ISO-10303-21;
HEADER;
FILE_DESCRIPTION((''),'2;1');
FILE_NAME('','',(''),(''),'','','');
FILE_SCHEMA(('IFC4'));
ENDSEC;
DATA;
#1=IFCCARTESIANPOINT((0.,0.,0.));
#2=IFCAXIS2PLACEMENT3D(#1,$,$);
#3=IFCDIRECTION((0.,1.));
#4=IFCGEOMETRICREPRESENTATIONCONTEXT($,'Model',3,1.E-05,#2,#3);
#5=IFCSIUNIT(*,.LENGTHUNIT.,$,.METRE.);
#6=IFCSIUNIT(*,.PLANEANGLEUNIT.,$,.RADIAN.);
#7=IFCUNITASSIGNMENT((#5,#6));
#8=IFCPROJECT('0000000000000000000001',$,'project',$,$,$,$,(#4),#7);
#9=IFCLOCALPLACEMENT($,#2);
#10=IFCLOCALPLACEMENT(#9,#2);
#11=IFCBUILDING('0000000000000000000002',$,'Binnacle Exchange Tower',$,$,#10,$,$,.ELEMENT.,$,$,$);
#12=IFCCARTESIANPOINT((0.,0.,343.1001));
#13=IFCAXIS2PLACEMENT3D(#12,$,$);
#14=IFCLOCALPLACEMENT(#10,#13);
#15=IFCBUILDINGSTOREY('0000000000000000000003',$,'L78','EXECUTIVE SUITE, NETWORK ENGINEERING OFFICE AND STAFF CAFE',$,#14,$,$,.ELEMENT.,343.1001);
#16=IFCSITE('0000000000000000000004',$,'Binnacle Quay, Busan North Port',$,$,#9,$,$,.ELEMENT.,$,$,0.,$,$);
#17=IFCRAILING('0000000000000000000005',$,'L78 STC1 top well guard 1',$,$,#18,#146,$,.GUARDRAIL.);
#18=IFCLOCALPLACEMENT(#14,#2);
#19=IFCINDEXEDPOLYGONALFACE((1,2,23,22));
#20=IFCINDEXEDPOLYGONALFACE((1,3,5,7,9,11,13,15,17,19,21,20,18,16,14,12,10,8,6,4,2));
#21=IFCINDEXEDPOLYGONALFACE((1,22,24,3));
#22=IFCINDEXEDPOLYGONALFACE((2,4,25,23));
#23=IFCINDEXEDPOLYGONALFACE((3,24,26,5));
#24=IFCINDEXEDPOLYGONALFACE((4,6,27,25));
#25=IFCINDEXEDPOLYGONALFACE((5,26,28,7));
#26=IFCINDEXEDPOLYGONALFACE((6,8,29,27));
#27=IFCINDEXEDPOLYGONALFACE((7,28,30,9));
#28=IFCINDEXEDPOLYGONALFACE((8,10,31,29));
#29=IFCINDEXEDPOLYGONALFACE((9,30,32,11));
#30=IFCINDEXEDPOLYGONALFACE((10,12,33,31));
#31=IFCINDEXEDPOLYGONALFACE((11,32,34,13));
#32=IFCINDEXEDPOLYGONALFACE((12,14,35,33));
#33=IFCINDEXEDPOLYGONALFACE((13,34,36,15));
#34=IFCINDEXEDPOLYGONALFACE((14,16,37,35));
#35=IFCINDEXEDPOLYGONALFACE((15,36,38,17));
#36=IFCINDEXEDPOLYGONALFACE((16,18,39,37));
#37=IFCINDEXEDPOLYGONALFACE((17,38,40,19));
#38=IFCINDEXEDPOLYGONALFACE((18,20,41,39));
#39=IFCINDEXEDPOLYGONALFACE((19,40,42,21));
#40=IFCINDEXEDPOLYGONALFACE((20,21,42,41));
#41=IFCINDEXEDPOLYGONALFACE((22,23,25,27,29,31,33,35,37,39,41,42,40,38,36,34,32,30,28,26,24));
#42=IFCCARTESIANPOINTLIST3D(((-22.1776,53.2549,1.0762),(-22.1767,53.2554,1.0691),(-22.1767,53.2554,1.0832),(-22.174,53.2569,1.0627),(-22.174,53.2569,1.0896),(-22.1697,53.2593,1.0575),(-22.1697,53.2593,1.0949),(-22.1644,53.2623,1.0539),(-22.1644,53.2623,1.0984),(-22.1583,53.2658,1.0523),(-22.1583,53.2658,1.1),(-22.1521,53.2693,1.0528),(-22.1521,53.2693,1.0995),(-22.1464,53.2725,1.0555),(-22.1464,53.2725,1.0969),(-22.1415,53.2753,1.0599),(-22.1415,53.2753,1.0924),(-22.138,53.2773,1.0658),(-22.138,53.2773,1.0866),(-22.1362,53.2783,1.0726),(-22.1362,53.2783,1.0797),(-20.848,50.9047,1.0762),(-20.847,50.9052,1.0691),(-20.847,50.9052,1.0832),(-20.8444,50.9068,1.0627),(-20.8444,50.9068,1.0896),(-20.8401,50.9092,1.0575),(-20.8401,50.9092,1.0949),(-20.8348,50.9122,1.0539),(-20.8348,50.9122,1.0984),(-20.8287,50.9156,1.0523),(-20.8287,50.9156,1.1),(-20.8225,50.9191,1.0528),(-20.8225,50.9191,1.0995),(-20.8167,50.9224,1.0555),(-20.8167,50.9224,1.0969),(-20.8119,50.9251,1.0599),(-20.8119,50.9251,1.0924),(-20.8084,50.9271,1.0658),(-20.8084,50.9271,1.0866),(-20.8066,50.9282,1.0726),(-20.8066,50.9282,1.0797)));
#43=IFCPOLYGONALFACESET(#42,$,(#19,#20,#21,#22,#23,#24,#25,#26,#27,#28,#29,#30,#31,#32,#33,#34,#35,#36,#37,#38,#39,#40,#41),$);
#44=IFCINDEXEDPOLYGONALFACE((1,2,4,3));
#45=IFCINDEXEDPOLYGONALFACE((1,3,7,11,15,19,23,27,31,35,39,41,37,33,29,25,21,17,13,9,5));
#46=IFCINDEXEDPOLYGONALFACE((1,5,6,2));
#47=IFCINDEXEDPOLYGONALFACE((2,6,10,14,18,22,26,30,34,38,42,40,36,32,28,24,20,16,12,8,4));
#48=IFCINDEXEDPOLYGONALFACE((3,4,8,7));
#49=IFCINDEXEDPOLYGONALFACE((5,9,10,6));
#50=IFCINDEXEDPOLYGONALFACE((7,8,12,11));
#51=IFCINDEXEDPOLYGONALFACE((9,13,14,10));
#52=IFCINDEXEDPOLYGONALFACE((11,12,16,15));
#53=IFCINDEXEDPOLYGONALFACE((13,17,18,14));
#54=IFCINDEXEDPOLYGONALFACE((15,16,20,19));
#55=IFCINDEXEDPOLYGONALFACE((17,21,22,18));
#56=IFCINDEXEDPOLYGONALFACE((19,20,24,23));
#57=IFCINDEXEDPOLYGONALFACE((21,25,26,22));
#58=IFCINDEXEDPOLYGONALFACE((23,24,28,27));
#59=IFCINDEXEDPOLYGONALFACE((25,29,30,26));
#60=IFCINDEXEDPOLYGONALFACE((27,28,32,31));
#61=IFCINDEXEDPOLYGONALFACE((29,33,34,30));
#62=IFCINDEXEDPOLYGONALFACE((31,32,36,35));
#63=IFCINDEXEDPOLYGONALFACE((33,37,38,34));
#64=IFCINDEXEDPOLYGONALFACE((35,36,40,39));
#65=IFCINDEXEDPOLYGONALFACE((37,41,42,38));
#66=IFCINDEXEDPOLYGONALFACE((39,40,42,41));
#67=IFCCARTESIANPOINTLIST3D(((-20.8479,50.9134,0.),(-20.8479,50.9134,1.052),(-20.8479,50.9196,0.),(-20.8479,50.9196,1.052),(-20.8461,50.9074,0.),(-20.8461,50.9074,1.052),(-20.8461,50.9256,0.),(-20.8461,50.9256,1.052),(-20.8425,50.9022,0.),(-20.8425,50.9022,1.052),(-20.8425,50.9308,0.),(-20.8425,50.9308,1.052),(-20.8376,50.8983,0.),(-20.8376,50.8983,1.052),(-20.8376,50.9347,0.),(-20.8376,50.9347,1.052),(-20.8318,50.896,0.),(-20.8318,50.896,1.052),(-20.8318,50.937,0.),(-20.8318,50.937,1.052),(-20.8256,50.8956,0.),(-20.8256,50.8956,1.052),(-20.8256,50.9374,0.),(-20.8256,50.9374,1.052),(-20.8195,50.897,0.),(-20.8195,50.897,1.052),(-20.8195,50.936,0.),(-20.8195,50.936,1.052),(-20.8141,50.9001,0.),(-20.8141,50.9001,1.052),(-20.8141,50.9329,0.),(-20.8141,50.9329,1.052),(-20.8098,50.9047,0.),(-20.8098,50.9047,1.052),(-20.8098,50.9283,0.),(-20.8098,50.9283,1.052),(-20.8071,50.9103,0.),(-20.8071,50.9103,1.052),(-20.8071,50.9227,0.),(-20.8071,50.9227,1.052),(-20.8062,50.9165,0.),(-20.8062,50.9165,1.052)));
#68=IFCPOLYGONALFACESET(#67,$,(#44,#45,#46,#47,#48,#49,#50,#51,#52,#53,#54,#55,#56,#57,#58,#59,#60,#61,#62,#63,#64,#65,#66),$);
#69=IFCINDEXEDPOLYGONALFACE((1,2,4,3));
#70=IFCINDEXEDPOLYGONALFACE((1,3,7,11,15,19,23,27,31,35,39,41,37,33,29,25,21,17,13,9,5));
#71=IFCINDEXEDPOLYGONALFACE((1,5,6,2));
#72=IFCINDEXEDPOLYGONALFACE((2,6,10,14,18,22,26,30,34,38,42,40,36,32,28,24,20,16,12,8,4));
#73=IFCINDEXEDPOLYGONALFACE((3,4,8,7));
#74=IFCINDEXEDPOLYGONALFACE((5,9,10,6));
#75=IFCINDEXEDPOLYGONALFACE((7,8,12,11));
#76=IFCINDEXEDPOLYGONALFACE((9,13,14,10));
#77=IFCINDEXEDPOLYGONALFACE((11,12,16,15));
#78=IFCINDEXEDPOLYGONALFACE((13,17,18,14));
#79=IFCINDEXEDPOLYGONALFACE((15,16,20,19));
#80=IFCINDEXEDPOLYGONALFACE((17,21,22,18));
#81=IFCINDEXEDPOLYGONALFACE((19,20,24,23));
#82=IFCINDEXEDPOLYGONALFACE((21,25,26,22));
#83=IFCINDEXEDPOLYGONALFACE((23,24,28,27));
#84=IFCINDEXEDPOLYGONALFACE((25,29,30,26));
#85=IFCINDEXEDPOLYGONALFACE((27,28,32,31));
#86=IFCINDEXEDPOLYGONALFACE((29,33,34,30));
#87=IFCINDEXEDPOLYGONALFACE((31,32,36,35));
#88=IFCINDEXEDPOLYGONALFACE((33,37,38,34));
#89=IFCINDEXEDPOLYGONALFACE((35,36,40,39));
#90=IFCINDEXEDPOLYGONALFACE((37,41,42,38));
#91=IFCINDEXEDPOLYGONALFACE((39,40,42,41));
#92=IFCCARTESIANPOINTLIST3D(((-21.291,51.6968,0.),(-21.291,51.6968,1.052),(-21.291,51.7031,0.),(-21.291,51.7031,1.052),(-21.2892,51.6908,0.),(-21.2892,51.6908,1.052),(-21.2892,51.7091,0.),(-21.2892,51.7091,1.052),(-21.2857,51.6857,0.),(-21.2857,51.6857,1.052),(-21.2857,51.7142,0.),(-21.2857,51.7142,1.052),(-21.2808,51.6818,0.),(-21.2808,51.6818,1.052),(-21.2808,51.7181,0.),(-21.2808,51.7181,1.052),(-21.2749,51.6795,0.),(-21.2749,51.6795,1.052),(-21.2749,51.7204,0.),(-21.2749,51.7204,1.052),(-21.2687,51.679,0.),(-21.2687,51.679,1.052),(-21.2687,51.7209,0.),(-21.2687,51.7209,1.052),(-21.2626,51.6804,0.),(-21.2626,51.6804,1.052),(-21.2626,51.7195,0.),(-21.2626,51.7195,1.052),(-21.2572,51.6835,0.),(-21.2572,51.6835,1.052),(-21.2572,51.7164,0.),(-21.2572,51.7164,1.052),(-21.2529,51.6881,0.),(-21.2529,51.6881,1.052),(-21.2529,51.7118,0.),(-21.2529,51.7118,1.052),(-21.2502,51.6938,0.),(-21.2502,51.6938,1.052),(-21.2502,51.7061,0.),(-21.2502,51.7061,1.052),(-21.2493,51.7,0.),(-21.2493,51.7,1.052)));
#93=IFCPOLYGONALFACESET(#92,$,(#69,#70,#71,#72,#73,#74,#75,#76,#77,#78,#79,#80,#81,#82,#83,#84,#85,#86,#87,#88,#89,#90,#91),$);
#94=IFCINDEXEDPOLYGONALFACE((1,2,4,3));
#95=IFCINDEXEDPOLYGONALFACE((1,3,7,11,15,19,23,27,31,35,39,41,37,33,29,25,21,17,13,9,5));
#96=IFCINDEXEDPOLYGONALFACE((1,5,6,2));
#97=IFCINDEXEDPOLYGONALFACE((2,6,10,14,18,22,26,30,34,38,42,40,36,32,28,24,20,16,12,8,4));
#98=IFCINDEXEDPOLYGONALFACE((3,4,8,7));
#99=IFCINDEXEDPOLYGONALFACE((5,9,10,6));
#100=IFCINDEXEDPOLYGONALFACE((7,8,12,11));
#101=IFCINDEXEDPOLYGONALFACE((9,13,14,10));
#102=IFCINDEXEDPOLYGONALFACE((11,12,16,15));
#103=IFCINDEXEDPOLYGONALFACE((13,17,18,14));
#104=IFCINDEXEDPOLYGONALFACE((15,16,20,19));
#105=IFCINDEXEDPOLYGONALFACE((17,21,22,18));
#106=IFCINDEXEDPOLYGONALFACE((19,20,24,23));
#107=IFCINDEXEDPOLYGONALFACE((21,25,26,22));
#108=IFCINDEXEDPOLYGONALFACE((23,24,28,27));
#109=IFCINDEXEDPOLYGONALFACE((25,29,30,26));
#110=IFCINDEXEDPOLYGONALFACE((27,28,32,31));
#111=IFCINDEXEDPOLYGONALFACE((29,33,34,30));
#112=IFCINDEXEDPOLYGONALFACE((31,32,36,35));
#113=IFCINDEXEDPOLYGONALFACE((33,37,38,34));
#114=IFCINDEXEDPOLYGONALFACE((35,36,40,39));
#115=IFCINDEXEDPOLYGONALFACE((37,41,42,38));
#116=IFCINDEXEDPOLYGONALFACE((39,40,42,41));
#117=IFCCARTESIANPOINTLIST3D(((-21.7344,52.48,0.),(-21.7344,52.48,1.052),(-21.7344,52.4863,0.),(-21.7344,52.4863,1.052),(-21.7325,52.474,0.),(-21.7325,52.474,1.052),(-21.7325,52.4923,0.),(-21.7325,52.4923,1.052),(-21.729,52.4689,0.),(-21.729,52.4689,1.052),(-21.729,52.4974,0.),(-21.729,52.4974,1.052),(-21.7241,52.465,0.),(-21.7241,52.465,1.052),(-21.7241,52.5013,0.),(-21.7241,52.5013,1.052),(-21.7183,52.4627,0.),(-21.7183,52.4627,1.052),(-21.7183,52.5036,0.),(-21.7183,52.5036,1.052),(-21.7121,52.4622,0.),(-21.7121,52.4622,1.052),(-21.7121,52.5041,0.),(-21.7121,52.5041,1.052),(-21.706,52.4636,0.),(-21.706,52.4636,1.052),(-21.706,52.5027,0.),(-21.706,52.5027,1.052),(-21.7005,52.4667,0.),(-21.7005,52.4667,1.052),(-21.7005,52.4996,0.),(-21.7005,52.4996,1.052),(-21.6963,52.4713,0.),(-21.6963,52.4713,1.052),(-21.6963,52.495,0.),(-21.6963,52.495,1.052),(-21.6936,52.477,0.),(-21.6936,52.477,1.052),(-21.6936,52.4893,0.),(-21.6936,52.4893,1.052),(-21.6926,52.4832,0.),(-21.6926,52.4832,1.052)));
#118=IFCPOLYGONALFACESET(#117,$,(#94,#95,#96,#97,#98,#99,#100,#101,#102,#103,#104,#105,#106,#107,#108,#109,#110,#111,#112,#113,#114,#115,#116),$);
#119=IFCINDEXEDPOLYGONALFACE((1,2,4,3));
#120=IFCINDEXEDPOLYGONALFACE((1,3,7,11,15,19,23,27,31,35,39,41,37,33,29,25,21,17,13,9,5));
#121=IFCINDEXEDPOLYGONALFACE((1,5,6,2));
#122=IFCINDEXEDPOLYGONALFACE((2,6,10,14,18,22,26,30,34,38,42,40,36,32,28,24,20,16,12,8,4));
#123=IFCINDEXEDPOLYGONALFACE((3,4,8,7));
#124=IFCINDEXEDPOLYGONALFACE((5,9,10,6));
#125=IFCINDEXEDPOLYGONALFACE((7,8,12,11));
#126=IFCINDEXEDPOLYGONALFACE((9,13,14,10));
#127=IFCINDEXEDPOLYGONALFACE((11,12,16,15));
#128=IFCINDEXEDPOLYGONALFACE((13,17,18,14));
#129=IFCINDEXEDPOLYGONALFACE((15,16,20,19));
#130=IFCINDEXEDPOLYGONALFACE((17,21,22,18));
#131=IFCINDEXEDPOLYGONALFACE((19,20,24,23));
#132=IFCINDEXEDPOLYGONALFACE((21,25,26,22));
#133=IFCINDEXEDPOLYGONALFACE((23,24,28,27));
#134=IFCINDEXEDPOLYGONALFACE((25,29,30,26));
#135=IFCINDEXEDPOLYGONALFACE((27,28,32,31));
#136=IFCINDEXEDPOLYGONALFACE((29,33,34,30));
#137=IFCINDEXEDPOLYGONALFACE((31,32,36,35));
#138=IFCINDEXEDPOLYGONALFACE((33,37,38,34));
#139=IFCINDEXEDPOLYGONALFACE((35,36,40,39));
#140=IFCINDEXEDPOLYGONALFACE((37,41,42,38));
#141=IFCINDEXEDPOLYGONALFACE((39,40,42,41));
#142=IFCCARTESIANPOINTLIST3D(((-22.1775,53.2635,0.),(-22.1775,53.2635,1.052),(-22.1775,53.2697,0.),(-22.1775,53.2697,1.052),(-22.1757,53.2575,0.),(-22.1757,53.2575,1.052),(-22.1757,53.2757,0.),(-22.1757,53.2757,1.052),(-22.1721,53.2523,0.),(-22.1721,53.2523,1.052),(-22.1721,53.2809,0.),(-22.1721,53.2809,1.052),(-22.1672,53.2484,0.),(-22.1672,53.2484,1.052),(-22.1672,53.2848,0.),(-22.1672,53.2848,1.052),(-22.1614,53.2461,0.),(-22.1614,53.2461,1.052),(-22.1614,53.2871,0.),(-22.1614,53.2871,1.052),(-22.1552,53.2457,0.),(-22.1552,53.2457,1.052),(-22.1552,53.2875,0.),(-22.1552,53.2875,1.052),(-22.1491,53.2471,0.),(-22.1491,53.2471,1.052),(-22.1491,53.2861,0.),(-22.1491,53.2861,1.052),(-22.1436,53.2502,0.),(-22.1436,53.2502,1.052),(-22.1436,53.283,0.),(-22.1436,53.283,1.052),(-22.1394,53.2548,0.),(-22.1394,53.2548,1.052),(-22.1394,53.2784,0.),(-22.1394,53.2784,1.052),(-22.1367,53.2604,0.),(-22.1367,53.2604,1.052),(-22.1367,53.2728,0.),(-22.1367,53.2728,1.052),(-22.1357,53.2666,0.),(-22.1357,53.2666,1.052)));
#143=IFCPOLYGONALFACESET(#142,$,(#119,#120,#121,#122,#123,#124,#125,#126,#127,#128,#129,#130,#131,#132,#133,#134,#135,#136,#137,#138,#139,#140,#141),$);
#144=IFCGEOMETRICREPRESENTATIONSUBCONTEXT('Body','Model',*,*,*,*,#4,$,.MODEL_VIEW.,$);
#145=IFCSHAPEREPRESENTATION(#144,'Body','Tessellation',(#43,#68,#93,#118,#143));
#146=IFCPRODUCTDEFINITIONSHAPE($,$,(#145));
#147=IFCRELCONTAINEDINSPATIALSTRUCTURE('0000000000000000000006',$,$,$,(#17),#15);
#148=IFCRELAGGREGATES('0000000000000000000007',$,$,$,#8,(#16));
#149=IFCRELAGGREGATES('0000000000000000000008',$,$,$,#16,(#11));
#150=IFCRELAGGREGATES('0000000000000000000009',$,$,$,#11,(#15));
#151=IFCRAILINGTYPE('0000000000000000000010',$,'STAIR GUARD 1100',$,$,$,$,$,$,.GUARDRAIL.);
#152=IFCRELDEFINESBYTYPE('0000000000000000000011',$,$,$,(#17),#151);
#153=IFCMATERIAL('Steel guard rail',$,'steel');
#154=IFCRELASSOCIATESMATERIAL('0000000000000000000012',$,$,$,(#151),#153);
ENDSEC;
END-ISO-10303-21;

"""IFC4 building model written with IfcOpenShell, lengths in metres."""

from ifc_helpers import new_model, si_unit, direction, frame, origin, origin_2d, place, context, subcontext, project, spatial, circle, extrude, material, type_object, element, save


model = new_model("IFC4")

# Units and contexts
model_context = context("Model", 3, precision=1e-05, world=origin(), true_north=direction((0.0, 1.0)))
body_context = subcontext(model_context, "Body", "Model", "MODEL_VIEW")
ifc_project = project(units=[si_unit("LENGTHUNIT", "METRE"), si_unit("PLANEANGLEUNIT", "RADIAN")], contexts=[model_context])

# Site, building, storey
site_placement = place(None, origin())
site = spatial("IfcSite", under=ifc_project, at=site_placement, Name="Binnacle Quay, Busan North Port", CompositionType="ELEMENT", RefElevation=0.0)
building_placement = place(site_placement, origin())
building = spatial("IfcBuilding", under=site, at=building_placement, Name="Binnacle Exchange Tower", CompositionType="ELEMENT")
storey_placement = place(building_placement, frame((0.0, 0.0, 343.1001)))
storey = spatial("IfcBuildingStorey", under=building, at=storey_placement, Name="L78", Description="EXECUTIVE SUITE, NETWORK ENGINEERING OFFICE AND STAFF CAFE", CompositionType="ELEMENT", Elevation=343.1001)

# Railing
ifc_material_1 = material(Name="Steel guard rail", Category="steel")
railing_type = type_object("IfcRailingType", Name="STAIR GUARD 1100", PredefinedType="GUARDRAIL", material=ifc_material_1)
railing_placement = place(storey_placement, frame((-20.8271, 50.9165, 0.0)))
element("IfcRailing", 1, at=railing_placement, inside=storey, type_object=railing_type, Name="L78 STC1 top well guard 1", PredefinedType="GUARDRAIL", context=body_context, shape_type="SweptSolid", body=[
    extrude(circle(Radius=0.0239, at=origin_2d()), frame((0.0, 0.0, 1.0762), z_axis=(-0.492415, 0.870361, 0.0), x_axis=(-0.870361, -0.492415, 0.0)), (0.0, 0.0, 1.0), 2.7002),
    extrude(circle(Radius=0.021, at=origin_2d()), origin(), (0.0, 0.0, 1.0), 1.052),
    extrude(circle(Radius=0.021, at=origin_2d()), frame((-0.4431, 0.7834, 0.0)), (0.0, 0.0, 1.0), 1.052),
    extrude(circle(Radius=0.021, at=origin_2d()), frame((-0.8865, 1.5667, 0.0)), (0.0, 0.0, 1.0), 1.052),
    extrude(circle(Radius=0.021, at=origin_2d()), frame((-1.3296, 2.3501, 0.0)), (0.0, 0.0, 1.0), 1.052),
])

save(model, "model.ifc")
